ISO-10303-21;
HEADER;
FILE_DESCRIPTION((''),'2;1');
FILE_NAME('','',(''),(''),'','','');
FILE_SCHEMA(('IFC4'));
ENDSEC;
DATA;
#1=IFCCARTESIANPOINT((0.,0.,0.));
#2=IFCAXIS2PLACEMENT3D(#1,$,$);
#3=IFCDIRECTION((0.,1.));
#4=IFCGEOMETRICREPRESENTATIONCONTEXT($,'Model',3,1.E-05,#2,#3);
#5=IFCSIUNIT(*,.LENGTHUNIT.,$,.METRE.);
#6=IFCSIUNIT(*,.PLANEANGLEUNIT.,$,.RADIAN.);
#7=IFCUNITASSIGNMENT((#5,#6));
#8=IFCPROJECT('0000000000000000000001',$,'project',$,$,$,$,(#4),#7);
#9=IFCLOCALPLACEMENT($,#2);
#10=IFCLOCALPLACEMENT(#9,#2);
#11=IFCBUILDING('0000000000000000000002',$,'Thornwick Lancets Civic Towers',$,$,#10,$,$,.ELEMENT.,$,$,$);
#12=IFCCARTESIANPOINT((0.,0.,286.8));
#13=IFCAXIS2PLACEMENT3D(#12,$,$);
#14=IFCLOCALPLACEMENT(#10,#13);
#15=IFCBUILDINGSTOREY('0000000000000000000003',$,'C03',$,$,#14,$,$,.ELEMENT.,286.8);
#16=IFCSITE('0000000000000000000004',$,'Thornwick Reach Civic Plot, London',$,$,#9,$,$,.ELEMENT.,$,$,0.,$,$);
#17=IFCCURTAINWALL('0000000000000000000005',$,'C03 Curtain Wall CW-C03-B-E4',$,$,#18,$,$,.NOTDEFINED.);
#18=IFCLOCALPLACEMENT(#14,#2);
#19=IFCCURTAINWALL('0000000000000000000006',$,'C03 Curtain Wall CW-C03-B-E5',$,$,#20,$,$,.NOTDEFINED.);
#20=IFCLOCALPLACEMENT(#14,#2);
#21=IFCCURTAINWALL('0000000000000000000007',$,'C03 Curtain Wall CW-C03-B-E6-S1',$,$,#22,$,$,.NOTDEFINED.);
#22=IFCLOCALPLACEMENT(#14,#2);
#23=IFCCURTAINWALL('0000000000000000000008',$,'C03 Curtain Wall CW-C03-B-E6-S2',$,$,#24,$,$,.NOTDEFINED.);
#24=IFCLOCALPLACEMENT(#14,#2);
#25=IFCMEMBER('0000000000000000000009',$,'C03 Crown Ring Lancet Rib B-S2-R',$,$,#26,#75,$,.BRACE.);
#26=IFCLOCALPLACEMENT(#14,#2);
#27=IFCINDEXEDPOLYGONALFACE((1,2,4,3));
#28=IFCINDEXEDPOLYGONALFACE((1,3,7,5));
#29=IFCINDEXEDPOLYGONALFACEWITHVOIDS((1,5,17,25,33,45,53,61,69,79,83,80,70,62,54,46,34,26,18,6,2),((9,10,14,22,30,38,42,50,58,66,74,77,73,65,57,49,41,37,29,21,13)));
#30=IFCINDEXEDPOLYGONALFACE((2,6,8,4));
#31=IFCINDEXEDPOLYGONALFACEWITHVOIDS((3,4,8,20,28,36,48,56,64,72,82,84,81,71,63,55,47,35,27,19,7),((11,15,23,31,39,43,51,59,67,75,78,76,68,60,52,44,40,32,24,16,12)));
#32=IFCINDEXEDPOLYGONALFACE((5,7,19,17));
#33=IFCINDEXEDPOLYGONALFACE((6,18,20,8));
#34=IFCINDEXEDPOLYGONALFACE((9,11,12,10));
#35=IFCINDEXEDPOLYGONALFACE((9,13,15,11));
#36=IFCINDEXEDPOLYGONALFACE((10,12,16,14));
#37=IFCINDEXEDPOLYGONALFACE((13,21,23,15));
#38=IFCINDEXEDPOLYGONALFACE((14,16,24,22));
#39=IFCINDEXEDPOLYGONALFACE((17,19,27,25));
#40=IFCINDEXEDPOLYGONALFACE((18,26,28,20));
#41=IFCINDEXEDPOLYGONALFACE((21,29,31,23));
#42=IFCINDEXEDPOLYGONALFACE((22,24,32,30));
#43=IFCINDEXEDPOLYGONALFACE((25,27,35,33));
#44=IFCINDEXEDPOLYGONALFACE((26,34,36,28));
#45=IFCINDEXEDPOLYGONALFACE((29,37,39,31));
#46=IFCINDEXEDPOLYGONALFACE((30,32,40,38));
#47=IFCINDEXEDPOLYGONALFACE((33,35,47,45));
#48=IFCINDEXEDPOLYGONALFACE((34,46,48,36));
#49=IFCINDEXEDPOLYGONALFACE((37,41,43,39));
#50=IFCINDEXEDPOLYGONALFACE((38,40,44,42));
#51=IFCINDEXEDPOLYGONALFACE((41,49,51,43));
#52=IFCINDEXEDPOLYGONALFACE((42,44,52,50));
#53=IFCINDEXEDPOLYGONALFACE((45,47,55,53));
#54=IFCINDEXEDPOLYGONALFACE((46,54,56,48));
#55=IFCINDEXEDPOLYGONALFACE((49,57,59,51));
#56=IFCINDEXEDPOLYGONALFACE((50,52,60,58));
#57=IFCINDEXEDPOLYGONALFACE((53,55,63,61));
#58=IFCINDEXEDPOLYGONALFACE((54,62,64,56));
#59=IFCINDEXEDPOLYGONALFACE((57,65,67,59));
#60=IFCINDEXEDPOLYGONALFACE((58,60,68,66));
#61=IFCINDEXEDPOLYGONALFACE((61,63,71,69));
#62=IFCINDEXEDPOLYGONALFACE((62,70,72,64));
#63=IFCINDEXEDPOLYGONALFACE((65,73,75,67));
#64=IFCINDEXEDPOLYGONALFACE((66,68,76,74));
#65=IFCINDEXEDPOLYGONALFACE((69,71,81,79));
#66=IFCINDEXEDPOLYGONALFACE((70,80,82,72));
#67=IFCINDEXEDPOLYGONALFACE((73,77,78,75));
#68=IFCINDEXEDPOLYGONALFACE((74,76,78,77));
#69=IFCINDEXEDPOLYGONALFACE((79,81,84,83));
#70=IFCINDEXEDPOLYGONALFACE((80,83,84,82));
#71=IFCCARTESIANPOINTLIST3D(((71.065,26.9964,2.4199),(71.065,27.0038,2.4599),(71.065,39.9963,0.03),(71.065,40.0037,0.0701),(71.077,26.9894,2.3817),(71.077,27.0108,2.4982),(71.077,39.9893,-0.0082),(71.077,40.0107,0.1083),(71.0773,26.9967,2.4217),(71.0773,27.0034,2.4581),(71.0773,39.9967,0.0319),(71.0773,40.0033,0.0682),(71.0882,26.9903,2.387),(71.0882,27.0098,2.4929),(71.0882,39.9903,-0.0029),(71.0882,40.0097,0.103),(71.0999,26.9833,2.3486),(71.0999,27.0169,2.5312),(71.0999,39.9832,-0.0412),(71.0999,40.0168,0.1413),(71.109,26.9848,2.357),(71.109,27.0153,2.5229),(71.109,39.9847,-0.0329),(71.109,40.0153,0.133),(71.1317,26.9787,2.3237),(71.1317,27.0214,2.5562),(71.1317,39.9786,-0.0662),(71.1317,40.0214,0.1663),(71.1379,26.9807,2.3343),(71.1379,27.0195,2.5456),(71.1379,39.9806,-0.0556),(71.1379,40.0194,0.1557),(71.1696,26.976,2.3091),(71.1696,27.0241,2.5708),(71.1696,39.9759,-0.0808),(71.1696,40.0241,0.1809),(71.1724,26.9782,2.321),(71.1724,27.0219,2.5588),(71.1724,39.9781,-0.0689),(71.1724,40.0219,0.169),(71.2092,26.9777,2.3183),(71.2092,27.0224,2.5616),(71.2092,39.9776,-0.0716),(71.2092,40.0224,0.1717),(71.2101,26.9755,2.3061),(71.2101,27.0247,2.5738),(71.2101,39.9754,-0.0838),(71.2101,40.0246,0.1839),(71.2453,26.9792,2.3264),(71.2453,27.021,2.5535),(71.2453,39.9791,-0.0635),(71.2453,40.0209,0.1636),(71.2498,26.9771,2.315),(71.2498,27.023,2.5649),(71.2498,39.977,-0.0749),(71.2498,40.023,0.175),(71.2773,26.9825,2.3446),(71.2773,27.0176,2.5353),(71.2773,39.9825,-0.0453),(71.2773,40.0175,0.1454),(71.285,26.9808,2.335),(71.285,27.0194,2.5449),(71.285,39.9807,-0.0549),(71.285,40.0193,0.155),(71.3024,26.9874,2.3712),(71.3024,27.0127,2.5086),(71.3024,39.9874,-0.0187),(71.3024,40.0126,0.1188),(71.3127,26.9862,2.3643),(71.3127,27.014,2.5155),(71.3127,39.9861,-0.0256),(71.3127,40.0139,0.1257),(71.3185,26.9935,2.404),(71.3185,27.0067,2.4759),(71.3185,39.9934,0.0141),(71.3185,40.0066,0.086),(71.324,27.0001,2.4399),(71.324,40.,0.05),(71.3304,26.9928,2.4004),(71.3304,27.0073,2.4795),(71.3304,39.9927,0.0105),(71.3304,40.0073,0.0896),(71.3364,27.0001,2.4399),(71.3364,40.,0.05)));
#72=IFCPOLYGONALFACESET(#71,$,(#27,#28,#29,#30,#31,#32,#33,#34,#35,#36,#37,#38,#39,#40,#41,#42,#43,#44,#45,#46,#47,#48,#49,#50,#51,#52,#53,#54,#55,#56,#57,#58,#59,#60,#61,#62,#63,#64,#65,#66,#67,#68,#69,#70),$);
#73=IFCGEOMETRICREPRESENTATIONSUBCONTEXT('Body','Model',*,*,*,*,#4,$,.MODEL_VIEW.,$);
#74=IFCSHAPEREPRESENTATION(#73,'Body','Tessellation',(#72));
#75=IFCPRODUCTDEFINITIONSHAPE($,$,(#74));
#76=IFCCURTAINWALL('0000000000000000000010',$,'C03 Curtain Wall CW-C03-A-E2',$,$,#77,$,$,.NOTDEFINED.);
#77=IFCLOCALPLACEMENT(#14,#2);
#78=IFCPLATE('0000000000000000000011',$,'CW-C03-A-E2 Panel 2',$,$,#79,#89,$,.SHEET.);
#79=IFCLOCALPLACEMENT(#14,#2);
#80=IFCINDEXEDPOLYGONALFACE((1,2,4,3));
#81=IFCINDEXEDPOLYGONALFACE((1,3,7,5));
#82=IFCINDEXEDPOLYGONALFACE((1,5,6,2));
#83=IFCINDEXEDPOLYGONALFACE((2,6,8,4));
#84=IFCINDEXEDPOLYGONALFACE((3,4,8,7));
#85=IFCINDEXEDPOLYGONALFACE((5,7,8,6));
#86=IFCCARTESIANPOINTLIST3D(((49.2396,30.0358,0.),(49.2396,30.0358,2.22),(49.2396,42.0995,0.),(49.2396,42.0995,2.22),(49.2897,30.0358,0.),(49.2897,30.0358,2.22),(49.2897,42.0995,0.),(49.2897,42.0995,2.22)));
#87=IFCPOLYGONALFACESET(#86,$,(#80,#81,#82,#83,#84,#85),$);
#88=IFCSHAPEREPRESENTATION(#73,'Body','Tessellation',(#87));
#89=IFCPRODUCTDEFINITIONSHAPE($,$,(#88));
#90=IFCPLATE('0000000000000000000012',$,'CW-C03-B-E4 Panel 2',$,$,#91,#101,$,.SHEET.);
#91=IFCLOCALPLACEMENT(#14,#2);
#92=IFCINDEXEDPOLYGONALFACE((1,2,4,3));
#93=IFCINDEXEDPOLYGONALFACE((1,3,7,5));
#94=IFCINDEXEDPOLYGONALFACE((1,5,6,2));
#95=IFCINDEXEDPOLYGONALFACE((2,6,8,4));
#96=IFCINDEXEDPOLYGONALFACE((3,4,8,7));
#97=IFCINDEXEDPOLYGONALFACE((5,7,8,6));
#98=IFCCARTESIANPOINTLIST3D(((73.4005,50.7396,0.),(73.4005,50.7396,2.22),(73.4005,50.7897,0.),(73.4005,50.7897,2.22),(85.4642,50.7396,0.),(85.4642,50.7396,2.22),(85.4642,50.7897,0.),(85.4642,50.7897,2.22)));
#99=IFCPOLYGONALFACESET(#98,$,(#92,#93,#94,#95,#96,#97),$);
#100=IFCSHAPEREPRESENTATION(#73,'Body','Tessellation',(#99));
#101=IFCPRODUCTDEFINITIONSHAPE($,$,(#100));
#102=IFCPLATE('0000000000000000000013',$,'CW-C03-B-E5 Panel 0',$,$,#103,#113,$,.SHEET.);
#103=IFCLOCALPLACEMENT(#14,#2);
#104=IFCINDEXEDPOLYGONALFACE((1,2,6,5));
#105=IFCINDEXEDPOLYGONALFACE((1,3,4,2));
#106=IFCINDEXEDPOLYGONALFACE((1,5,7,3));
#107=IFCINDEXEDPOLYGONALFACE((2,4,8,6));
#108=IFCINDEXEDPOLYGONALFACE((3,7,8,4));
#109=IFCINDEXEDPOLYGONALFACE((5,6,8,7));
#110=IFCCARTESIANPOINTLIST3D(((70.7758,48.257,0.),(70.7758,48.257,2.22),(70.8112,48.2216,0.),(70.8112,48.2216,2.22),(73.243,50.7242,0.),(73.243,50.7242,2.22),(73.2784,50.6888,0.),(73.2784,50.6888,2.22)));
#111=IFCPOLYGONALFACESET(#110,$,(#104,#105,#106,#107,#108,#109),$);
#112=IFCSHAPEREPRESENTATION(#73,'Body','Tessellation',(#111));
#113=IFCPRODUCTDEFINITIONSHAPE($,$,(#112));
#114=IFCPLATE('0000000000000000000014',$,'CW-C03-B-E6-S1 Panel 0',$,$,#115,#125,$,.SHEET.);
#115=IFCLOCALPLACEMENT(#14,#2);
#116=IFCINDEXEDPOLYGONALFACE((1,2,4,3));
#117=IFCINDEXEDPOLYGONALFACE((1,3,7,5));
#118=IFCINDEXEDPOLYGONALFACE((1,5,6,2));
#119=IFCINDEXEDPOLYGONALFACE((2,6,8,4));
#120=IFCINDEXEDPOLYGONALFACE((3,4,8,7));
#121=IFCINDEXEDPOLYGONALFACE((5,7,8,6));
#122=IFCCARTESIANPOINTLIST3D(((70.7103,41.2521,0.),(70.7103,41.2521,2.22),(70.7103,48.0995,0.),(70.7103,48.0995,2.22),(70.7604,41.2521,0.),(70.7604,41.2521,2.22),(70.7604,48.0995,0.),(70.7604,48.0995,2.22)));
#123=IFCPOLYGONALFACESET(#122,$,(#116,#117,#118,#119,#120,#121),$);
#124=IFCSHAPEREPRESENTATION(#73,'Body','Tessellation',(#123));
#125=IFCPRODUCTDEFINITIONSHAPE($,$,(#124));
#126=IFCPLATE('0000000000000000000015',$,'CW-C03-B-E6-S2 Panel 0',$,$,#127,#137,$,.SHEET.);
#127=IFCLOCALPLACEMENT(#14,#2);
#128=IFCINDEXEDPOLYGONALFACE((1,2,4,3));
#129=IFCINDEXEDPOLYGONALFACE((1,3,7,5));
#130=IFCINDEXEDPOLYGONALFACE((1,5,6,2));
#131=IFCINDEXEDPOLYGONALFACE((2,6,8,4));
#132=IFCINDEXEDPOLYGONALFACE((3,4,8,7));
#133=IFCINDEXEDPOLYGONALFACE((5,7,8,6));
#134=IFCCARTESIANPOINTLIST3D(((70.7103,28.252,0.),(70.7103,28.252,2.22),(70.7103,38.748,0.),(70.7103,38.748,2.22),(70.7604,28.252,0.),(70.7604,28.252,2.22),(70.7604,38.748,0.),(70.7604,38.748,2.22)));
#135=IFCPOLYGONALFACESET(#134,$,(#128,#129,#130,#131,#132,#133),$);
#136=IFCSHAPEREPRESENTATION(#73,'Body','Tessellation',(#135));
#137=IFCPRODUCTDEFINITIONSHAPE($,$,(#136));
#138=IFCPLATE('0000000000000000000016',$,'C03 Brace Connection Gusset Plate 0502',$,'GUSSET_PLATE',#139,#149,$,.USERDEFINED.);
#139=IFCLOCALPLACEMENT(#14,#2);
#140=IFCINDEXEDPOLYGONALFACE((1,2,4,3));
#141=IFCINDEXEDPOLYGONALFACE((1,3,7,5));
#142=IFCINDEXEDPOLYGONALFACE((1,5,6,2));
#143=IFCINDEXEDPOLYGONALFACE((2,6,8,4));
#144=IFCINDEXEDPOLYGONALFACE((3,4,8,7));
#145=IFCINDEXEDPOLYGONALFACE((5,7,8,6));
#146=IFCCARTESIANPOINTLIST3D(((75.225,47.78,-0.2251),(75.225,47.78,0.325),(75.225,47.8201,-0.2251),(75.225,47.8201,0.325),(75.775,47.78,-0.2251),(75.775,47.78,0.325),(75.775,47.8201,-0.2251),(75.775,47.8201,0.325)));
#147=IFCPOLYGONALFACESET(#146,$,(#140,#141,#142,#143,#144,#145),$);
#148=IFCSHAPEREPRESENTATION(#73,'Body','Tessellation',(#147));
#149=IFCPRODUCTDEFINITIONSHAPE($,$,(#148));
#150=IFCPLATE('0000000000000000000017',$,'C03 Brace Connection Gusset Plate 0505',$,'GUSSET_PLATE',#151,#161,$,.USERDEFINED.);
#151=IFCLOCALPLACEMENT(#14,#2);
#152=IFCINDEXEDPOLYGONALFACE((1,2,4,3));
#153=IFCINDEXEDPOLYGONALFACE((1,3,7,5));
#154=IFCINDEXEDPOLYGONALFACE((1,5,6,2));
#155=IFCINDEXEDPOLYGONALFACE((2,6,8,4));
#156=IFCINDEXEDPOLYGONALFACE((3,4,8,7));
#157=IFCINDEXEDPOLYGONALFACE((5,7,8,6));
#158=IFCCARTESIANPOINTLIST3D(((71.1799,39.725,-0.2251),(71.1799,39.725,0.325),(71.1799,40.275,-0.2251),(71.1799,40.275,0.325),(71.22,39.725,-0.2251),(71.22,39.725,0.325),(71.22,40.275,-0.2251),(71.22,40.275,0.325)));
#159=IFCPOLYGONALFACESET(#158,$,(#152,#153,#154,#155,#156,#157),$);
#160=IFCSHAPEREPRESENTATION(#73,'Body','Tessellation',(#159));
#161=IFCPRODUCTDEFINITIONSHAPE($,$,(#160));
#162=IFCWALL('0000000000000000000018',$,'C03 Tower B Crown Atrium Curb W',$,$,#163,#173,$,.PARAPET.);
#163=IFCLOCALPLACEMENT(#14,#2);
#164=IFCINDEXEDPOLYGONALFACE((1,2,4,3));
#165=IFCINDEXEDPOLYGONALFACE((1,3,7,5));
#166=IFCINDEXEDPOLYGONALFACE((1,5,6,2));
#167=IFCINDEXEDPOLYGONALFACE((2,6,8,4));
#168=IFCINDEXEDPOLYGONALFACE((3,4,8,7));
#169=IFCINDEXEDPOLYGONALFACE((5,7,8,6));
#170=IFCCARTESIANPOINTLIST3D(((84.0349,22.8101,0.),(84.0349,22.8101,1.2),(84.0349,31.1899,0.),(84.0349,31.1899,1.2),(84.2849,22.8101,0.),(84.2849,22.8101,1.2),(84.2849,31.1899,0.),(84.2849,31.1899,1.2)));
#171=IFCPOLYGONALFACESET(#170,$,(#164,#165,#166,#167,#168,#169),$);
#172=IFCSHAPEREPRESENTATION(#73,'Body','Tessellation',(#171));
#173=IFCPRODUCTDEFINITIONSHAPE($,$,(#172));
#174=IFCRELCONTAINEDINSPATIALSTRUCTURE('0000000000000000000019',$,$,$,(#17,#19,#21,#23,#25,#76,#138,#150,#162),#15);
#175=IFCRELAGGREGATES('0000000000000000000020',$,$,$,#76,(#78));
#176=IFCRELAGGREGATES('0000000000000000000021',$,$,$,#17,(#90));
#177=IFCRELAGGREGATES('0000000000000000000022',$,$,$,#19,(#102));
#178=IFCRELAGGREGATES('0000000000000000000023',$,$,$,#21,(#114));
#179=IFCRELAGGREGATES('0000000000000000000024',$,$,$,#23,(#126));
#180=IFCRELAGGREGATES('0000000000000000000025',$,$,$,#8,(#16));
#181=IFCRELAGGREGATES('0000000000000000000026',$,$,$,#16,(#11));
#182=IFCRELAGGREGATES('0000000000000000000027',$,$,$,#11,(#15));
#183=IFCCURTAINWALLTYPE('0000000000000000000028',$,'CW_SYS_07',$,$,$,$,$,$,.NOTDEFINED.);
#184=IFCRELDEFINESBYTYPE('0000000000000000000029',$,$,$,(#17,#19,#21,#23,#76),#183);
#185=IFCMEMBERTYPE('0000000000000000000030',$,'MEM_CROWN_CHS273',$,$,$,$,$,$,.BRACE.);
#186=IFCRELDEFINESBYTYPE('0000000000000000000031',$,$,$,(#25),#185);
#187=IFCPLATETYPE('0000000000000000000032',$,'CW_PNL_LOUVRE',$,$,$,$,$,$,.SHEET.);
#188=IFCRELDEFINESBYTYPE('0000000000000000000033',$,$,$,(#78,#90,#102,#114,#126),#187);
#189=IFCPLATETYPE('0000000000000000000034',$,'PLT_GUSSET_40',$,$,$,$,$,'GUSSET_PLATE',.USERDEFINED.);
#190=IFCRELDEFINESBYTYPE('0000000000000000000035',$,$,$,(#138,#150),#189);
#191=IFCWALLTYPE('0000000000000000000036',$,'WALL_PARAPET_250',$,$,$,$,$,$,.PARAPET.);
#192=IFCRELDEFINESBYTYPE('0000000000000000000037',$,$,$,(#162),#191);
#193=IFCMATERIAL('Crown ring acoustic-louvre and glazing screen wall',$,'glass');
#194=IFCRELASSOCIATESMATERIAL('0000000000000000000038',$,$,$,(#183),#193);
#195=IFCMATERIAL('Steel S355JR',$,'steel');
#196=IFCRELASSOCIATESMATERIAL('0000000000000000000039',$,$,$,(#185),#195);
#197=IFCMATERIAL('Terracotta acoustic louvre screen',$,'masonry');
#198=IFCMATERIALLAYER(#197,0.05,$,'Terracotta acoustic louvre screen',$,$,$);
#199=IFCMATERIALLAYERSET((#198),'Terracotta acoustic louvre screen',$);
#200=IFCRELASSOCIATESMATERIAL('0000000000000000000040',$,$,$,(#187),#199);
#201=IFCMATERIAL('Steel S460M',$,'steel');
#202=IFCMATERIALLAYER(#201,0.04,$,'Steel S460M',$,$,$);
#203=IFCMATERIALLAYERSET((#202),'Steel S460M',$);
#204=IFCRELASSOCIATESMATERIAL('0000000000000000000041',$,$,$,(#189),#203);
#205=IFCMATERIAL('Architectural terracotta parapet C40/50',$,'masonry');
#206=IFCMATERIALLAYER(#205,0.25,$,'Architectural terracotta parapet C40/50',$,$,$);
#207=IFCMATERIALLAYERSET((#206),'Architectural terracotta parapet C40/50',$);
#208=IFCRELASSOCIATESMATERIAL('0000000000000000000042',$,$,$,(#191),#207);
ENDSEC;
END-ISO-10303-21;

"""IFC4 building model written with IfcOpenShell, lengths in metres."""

from ifc_helpers import new_model, si_unit, direction, frame, frame_2d, origin, origin_2d, place, context, subcontext, project, spatial, rectangle, hollow_circle, extrude, material, layer, layer_set, material_profile, profile_set, type_object, element, aggregate, save


model = new_model("IFC4")

# Units and contexts
model_context = context("Model", 3, precision=1e-05, world=origin(), true_north=direction((0.0, 1.0)))
body_context = subcontext(model_context, "Body", "Model", "MODEL_VIEW")
ifc_project = project(units=[si_unit("LENGTHUNIT", "METRE"), si_unit("PLANEANGLEUNIT", "RADIAN")], contexts=[model_context])

# Site, building, storey
site_placement = place(None, origin())
site = spatial("IfcSite", under=ifc_project, at=site_placement, Name="Thornwick Reach Civic Plot, London", CompositionType="ELEMENT", RefElevation=0.0)
building_placement = place(site_placement, origin())
building = spatial("IfcBuilding", under=site, at=building_placement, Name="Thornwick Lancets Civic Towers", CompositionType="ELEMENT")
storey_placement = place(building_placement, frame((0.0, 0.0, 286.8)))
storey = spatial("IfcBuildingStorey", under=building, at=storey_placement, Name="C03", CompositionType="ELEMENT", Elevation=286.8)

# Shared definitions
ifc_material_1 = material(Name="Steel S355JR", Category="steel")

# Curtain walls
ifc_material_2 = material(Name="Crown ring acoustic-louvre and glazing screen wall", Category="glass")
curtain_wall_type = type_object("IfcCurtainWallType", Name="CW_SYS_07", PredefinedType="NOTDEFINED", material=ifc_material_2)
curtain_wall_1_placement = place(storey_placement, origin())
curtain_wall_1 = element("IfcCurtainWall", 1, at=curtain_wall_1_placement, inside=storey, type_object=curtain_wall_type, Name="C03 Curtain Wall CW-C03-B-E4", PredefinedType="NOTDEFINED")
curtain_wall_2_placement = place(storey_placement, origin())
curtain_wall_2 = element("IfcCurtainWall", 2, at=curtain_wall_2_placement, inside=storey, type_object=curtain_wall_type, Name="C03 Curtain Wall CW-C03-B-E5", PredefinedType="NOTDEFINED")
curtain_wall_3_placement = place(storey_placement, origin())
curtain_wall_3 = element("IfcCurtainWall", 3, at=curtain_wall_3_placement, inside=storey, type_object=curtain_wall_type, Name="C03 Curtain Wall CW-C03-B-E6-S1", PredefinedType="NOTDEFINED")
curtain_wall_4_placement = place(storey_placement, origin())
curtain_wall_4 = element("IfcCurtainWall", 4, at=curtain_wall_4_placement, inside=storey, type_object=curtain_wall_type, Name="C03 Curtain Wall CW-C03-B-E6-S2", PredefinedType="NOTDEFINED")

# Member
ifc_material_profile_1 = material_profile(ifc_material_1, hollow_circle(Radius=0.1365, WallThickness=0.0125, at=origin_2d()), Name="CHS 273x12.5")
ifc_profile_set_1 = profile_set([ifc_material_profile_1], Name="Steel S355JR")
member_type_1 = type_object("IfcMemberType", Name="MEM_CROWN_CHS273", PredefinedType="BRACE", material=ifc_profile_set_1)
for number, where, z_axis, x_axis, name in (
    (5, (71.2, 40.0, 0.05), (0.0, -0.983518, 0.180808), (1.0, 0.0, 0.0), "C03 Crown Ring Lancet Rib B-S2-R"),
):
    element("IfcMember", number, at=place(storey_placement, frame(where, z_axis=z_axis, x_axis=x_axis)), inside=storey, type_object=member_type_1, Name=name, PredefinedType="BRACE", context=body_context, shape_type="SweptSolid", body=[
        extrude(hollow_circle(Radius=0.1365, WallThickness=0.0125, at=origin_2d()), origin(), (0.0, 0.0, 1.0), 13.2178),
    ])

# Curtain wall, plate
curtain_wall_5_placement = place(storey_placement, origin())
curtain_wall_5 = element("IfcCurtainWall", 6, at=curtain_wall_5_placement, inside=storey, type_object=curtain_wall_type, Name="C03 Curtain Wall CW-C03-A-E2", PredefinedType="NOTDEFINED")
ifc_material_3 = material(Name="Terracotta acoustic louvre screen", Category="masonry")
ifc_layer_1 = layer(ifc_material_3, 0.05, Name="Terracotta acoustic louvre screen")
ifc_layer_set_1 = layer_set([ifc_layer_1], Name="Terracotta acoustic louvre screen")
plate_type_1 = type_object("IfcPlateType", Name="CW_PNL_LOUVRE", PredefinedType="SHEET", material=ifc_layer_set_1)
plate_1_placement = place(storey_placement, frame((49.2646, 36.0676, 0.0), z_axis=(0.0, 0.0, 1.0), x_axis=(0.0, 1.0, 0.0)))
plate_1 = element("IfcPlate", 7, at=plate_1_placement, type_object=plate_type_1, Name="CW-C03-A-E2 Panel 2", PredefinedType="SHEET", context=body_context, shape_type="SweptSolid", body=[
    extrude(rectangle(XDim=12.0637, YDim=0.05, at=origin_2d()), origin(), (0.0, 0.0, 1.0), 2.22),
])
aggregate(curtain_wall_5, [plate_1])

# Plates
plate_2_placement = place(storey_placement, frame((79.4324, 50.7646, 0.0), z_axis=(0.0, 0.0, 1.0), x_axis=(-1.0, 0.0, 0.0)))
plate_2 = element("IfcPlate", 8, at=plate_2_placement, type_object=plate_type_1, Name="CW-C03-B-E4 Panel 2", PredefinedType="SHEET", context=body_context, shape_type="SweptSolid", body=[
    extrude(rectangle(XDim=12.0637, YDim=0.05, at=origin_2d()), origin(), (0.0, 0.0, 1.0), 2.22),
])
aggregate(curtain_wall_1, [plate_2])
plate_3_placement = place(storey_placement, frame((72.0271, 49.4729, 0.0), z_axis=(0.0, 0.0, 1.0), x_axis=(-0.707107, -0.707107, 0.0)))
plate_3 = element("IfcPlate", 9, at=plate_3_placement, type_object=plate_type_1, Name="CW-C03-B-E5 Panel 0", PredefinedType="SHEET", context=body_context, shape_type="SweptSolid", body=[
    extrude(rectangle(XDim=3.4893, YDim=0.05, at=origin_2d()), origin(), (0.0, 0.0, 1.0), 2.22),
])
aggregate(curtain_wall_2, [plate_3])
plate_4_placement = place(storey_placement, frame((70.7354, 44.6758, 0.0), z_axis=(0.0, 0.0, 1.0), x_axis=(0.0, -1.0, 0.0)))
plate_4 = element("IfcPlate", 10, at=plate_4_placement, type_object=plate_type_1, Name="CW-C03-B-E6-S1 Panel 0", PredefinedType="SHEET", context=body_context, shape_type="SweptSolid", body=[
    extrude(rectangle(XDim=6.8474, YDim=0.05, at=origin_2d()), origin(), (0.0, 0.0, 1.0), 2.22),
])
aggregate(curtain_wall_3, [plate_4])
plate_5_placement = place(storey_placement, frame((70.7354, 33.5, 0.0), z_axis=(0.0, 0.0, 1.0), x_axis=(0.0, -1.0, 0.0)))
plate_5 = element("IfcPlate", 11, at=plate_5_placement, type_object=plate_type_1, Name="CW-C03-B-E6-S2 Panel 0", PredefinedType="SHEET", context=body_context, shape_type="SweptSolid", body=[
    extrude(rectangle(XDim=10.4961, YDim=0.05, at=origin_2d()), origin(), (0.0, 0.0, 1.0), 2.22),
])
aggregate(curtain_wall_4, [plate_5])

# Plates
ifc_material_4 = material(Name="Steel S460M", Category="steel")
ifc_layer_2 = layer(ifc_material_4, 0.04, Name="Steel S460M")
ifc_layer_set_2 = layer_set([ifc_layer_2], Name="Steel S460M")
plate_type_2 = type_object("IfcPlateType", Name="PLT_GUSSET_40", ElementType="GUSSET_PLATE", PredefinedType="USERDEFINED", material=ifc_layer_set_2)
for number, where, z_axis, x_axis, name in (
    (12, (75.5, 47.8, -0.2251), (0.0, 0.0, 1.0), (1.0, 0.0, 0.0), "C03 Brace Connection Gusset Plate 0502"),
    (13, (71.2, 40.0, -0.2251), (0.0, 0.0, 1.0), (0.0, -1.0, 0.0), "C03 Brace Connection Gusset Plate 0505"),
):
    element("IfcPlate", number, at=place(storey_placement, frame(where, z_axis=z_axis, x_axis=x_axis)), inside=storey, type_object=plate_type_2, Name=name, ObjectType="GUSSET_PLATE", PredefinedType="USERDEFINED", context=body_context, shape_type="SweptSolid", body=[
        extrude(rectangle(XDim=0.55, YDim=0.04, at=origin_2d()), origin(), (0.0, 0.0, 1.0), 0.55),
    ])

# Wall
ifc_material_5 = material(Name="Architectural terracotta parapet C40/50", Category="masonry")
ifc_layer_3 = layer(ifc_material_5, 0.25, Name="Architectural terracotta parapet C40/50")
ifc_layer_set_3 = layer_set([ifc_layer_3], Name="Architectural terracotta parapet C40/50")
wall_type = type_object("IfcWallType", Name="WALL_PARAPET_250", PredefinedType="PARAPET", material=ifc_layer_set_3)
wall_placement = place(storey_placement, frame((84.1599, 31.1899, 0.0), z_axis=(0.0, 0.0, 1.0), x_axis=(0.0, -1.0, 0.0)))
element("IfcWall", 14, at=wall_placement, inside=storey, type_object=wall_type, Name="C03 Tower B Crown Atrium Curb W", PredefinedType="PARAPET", context=body_context, shape_type="SweptSolid", body=[
    extrude(rectangle(XDim=8.3799, YDim=0.25, at=frame_2d((4.1899, 0.0))), origin(), (0.0, 0.0, 1.0), 1.2),
])

save(model, "model.ifc")
